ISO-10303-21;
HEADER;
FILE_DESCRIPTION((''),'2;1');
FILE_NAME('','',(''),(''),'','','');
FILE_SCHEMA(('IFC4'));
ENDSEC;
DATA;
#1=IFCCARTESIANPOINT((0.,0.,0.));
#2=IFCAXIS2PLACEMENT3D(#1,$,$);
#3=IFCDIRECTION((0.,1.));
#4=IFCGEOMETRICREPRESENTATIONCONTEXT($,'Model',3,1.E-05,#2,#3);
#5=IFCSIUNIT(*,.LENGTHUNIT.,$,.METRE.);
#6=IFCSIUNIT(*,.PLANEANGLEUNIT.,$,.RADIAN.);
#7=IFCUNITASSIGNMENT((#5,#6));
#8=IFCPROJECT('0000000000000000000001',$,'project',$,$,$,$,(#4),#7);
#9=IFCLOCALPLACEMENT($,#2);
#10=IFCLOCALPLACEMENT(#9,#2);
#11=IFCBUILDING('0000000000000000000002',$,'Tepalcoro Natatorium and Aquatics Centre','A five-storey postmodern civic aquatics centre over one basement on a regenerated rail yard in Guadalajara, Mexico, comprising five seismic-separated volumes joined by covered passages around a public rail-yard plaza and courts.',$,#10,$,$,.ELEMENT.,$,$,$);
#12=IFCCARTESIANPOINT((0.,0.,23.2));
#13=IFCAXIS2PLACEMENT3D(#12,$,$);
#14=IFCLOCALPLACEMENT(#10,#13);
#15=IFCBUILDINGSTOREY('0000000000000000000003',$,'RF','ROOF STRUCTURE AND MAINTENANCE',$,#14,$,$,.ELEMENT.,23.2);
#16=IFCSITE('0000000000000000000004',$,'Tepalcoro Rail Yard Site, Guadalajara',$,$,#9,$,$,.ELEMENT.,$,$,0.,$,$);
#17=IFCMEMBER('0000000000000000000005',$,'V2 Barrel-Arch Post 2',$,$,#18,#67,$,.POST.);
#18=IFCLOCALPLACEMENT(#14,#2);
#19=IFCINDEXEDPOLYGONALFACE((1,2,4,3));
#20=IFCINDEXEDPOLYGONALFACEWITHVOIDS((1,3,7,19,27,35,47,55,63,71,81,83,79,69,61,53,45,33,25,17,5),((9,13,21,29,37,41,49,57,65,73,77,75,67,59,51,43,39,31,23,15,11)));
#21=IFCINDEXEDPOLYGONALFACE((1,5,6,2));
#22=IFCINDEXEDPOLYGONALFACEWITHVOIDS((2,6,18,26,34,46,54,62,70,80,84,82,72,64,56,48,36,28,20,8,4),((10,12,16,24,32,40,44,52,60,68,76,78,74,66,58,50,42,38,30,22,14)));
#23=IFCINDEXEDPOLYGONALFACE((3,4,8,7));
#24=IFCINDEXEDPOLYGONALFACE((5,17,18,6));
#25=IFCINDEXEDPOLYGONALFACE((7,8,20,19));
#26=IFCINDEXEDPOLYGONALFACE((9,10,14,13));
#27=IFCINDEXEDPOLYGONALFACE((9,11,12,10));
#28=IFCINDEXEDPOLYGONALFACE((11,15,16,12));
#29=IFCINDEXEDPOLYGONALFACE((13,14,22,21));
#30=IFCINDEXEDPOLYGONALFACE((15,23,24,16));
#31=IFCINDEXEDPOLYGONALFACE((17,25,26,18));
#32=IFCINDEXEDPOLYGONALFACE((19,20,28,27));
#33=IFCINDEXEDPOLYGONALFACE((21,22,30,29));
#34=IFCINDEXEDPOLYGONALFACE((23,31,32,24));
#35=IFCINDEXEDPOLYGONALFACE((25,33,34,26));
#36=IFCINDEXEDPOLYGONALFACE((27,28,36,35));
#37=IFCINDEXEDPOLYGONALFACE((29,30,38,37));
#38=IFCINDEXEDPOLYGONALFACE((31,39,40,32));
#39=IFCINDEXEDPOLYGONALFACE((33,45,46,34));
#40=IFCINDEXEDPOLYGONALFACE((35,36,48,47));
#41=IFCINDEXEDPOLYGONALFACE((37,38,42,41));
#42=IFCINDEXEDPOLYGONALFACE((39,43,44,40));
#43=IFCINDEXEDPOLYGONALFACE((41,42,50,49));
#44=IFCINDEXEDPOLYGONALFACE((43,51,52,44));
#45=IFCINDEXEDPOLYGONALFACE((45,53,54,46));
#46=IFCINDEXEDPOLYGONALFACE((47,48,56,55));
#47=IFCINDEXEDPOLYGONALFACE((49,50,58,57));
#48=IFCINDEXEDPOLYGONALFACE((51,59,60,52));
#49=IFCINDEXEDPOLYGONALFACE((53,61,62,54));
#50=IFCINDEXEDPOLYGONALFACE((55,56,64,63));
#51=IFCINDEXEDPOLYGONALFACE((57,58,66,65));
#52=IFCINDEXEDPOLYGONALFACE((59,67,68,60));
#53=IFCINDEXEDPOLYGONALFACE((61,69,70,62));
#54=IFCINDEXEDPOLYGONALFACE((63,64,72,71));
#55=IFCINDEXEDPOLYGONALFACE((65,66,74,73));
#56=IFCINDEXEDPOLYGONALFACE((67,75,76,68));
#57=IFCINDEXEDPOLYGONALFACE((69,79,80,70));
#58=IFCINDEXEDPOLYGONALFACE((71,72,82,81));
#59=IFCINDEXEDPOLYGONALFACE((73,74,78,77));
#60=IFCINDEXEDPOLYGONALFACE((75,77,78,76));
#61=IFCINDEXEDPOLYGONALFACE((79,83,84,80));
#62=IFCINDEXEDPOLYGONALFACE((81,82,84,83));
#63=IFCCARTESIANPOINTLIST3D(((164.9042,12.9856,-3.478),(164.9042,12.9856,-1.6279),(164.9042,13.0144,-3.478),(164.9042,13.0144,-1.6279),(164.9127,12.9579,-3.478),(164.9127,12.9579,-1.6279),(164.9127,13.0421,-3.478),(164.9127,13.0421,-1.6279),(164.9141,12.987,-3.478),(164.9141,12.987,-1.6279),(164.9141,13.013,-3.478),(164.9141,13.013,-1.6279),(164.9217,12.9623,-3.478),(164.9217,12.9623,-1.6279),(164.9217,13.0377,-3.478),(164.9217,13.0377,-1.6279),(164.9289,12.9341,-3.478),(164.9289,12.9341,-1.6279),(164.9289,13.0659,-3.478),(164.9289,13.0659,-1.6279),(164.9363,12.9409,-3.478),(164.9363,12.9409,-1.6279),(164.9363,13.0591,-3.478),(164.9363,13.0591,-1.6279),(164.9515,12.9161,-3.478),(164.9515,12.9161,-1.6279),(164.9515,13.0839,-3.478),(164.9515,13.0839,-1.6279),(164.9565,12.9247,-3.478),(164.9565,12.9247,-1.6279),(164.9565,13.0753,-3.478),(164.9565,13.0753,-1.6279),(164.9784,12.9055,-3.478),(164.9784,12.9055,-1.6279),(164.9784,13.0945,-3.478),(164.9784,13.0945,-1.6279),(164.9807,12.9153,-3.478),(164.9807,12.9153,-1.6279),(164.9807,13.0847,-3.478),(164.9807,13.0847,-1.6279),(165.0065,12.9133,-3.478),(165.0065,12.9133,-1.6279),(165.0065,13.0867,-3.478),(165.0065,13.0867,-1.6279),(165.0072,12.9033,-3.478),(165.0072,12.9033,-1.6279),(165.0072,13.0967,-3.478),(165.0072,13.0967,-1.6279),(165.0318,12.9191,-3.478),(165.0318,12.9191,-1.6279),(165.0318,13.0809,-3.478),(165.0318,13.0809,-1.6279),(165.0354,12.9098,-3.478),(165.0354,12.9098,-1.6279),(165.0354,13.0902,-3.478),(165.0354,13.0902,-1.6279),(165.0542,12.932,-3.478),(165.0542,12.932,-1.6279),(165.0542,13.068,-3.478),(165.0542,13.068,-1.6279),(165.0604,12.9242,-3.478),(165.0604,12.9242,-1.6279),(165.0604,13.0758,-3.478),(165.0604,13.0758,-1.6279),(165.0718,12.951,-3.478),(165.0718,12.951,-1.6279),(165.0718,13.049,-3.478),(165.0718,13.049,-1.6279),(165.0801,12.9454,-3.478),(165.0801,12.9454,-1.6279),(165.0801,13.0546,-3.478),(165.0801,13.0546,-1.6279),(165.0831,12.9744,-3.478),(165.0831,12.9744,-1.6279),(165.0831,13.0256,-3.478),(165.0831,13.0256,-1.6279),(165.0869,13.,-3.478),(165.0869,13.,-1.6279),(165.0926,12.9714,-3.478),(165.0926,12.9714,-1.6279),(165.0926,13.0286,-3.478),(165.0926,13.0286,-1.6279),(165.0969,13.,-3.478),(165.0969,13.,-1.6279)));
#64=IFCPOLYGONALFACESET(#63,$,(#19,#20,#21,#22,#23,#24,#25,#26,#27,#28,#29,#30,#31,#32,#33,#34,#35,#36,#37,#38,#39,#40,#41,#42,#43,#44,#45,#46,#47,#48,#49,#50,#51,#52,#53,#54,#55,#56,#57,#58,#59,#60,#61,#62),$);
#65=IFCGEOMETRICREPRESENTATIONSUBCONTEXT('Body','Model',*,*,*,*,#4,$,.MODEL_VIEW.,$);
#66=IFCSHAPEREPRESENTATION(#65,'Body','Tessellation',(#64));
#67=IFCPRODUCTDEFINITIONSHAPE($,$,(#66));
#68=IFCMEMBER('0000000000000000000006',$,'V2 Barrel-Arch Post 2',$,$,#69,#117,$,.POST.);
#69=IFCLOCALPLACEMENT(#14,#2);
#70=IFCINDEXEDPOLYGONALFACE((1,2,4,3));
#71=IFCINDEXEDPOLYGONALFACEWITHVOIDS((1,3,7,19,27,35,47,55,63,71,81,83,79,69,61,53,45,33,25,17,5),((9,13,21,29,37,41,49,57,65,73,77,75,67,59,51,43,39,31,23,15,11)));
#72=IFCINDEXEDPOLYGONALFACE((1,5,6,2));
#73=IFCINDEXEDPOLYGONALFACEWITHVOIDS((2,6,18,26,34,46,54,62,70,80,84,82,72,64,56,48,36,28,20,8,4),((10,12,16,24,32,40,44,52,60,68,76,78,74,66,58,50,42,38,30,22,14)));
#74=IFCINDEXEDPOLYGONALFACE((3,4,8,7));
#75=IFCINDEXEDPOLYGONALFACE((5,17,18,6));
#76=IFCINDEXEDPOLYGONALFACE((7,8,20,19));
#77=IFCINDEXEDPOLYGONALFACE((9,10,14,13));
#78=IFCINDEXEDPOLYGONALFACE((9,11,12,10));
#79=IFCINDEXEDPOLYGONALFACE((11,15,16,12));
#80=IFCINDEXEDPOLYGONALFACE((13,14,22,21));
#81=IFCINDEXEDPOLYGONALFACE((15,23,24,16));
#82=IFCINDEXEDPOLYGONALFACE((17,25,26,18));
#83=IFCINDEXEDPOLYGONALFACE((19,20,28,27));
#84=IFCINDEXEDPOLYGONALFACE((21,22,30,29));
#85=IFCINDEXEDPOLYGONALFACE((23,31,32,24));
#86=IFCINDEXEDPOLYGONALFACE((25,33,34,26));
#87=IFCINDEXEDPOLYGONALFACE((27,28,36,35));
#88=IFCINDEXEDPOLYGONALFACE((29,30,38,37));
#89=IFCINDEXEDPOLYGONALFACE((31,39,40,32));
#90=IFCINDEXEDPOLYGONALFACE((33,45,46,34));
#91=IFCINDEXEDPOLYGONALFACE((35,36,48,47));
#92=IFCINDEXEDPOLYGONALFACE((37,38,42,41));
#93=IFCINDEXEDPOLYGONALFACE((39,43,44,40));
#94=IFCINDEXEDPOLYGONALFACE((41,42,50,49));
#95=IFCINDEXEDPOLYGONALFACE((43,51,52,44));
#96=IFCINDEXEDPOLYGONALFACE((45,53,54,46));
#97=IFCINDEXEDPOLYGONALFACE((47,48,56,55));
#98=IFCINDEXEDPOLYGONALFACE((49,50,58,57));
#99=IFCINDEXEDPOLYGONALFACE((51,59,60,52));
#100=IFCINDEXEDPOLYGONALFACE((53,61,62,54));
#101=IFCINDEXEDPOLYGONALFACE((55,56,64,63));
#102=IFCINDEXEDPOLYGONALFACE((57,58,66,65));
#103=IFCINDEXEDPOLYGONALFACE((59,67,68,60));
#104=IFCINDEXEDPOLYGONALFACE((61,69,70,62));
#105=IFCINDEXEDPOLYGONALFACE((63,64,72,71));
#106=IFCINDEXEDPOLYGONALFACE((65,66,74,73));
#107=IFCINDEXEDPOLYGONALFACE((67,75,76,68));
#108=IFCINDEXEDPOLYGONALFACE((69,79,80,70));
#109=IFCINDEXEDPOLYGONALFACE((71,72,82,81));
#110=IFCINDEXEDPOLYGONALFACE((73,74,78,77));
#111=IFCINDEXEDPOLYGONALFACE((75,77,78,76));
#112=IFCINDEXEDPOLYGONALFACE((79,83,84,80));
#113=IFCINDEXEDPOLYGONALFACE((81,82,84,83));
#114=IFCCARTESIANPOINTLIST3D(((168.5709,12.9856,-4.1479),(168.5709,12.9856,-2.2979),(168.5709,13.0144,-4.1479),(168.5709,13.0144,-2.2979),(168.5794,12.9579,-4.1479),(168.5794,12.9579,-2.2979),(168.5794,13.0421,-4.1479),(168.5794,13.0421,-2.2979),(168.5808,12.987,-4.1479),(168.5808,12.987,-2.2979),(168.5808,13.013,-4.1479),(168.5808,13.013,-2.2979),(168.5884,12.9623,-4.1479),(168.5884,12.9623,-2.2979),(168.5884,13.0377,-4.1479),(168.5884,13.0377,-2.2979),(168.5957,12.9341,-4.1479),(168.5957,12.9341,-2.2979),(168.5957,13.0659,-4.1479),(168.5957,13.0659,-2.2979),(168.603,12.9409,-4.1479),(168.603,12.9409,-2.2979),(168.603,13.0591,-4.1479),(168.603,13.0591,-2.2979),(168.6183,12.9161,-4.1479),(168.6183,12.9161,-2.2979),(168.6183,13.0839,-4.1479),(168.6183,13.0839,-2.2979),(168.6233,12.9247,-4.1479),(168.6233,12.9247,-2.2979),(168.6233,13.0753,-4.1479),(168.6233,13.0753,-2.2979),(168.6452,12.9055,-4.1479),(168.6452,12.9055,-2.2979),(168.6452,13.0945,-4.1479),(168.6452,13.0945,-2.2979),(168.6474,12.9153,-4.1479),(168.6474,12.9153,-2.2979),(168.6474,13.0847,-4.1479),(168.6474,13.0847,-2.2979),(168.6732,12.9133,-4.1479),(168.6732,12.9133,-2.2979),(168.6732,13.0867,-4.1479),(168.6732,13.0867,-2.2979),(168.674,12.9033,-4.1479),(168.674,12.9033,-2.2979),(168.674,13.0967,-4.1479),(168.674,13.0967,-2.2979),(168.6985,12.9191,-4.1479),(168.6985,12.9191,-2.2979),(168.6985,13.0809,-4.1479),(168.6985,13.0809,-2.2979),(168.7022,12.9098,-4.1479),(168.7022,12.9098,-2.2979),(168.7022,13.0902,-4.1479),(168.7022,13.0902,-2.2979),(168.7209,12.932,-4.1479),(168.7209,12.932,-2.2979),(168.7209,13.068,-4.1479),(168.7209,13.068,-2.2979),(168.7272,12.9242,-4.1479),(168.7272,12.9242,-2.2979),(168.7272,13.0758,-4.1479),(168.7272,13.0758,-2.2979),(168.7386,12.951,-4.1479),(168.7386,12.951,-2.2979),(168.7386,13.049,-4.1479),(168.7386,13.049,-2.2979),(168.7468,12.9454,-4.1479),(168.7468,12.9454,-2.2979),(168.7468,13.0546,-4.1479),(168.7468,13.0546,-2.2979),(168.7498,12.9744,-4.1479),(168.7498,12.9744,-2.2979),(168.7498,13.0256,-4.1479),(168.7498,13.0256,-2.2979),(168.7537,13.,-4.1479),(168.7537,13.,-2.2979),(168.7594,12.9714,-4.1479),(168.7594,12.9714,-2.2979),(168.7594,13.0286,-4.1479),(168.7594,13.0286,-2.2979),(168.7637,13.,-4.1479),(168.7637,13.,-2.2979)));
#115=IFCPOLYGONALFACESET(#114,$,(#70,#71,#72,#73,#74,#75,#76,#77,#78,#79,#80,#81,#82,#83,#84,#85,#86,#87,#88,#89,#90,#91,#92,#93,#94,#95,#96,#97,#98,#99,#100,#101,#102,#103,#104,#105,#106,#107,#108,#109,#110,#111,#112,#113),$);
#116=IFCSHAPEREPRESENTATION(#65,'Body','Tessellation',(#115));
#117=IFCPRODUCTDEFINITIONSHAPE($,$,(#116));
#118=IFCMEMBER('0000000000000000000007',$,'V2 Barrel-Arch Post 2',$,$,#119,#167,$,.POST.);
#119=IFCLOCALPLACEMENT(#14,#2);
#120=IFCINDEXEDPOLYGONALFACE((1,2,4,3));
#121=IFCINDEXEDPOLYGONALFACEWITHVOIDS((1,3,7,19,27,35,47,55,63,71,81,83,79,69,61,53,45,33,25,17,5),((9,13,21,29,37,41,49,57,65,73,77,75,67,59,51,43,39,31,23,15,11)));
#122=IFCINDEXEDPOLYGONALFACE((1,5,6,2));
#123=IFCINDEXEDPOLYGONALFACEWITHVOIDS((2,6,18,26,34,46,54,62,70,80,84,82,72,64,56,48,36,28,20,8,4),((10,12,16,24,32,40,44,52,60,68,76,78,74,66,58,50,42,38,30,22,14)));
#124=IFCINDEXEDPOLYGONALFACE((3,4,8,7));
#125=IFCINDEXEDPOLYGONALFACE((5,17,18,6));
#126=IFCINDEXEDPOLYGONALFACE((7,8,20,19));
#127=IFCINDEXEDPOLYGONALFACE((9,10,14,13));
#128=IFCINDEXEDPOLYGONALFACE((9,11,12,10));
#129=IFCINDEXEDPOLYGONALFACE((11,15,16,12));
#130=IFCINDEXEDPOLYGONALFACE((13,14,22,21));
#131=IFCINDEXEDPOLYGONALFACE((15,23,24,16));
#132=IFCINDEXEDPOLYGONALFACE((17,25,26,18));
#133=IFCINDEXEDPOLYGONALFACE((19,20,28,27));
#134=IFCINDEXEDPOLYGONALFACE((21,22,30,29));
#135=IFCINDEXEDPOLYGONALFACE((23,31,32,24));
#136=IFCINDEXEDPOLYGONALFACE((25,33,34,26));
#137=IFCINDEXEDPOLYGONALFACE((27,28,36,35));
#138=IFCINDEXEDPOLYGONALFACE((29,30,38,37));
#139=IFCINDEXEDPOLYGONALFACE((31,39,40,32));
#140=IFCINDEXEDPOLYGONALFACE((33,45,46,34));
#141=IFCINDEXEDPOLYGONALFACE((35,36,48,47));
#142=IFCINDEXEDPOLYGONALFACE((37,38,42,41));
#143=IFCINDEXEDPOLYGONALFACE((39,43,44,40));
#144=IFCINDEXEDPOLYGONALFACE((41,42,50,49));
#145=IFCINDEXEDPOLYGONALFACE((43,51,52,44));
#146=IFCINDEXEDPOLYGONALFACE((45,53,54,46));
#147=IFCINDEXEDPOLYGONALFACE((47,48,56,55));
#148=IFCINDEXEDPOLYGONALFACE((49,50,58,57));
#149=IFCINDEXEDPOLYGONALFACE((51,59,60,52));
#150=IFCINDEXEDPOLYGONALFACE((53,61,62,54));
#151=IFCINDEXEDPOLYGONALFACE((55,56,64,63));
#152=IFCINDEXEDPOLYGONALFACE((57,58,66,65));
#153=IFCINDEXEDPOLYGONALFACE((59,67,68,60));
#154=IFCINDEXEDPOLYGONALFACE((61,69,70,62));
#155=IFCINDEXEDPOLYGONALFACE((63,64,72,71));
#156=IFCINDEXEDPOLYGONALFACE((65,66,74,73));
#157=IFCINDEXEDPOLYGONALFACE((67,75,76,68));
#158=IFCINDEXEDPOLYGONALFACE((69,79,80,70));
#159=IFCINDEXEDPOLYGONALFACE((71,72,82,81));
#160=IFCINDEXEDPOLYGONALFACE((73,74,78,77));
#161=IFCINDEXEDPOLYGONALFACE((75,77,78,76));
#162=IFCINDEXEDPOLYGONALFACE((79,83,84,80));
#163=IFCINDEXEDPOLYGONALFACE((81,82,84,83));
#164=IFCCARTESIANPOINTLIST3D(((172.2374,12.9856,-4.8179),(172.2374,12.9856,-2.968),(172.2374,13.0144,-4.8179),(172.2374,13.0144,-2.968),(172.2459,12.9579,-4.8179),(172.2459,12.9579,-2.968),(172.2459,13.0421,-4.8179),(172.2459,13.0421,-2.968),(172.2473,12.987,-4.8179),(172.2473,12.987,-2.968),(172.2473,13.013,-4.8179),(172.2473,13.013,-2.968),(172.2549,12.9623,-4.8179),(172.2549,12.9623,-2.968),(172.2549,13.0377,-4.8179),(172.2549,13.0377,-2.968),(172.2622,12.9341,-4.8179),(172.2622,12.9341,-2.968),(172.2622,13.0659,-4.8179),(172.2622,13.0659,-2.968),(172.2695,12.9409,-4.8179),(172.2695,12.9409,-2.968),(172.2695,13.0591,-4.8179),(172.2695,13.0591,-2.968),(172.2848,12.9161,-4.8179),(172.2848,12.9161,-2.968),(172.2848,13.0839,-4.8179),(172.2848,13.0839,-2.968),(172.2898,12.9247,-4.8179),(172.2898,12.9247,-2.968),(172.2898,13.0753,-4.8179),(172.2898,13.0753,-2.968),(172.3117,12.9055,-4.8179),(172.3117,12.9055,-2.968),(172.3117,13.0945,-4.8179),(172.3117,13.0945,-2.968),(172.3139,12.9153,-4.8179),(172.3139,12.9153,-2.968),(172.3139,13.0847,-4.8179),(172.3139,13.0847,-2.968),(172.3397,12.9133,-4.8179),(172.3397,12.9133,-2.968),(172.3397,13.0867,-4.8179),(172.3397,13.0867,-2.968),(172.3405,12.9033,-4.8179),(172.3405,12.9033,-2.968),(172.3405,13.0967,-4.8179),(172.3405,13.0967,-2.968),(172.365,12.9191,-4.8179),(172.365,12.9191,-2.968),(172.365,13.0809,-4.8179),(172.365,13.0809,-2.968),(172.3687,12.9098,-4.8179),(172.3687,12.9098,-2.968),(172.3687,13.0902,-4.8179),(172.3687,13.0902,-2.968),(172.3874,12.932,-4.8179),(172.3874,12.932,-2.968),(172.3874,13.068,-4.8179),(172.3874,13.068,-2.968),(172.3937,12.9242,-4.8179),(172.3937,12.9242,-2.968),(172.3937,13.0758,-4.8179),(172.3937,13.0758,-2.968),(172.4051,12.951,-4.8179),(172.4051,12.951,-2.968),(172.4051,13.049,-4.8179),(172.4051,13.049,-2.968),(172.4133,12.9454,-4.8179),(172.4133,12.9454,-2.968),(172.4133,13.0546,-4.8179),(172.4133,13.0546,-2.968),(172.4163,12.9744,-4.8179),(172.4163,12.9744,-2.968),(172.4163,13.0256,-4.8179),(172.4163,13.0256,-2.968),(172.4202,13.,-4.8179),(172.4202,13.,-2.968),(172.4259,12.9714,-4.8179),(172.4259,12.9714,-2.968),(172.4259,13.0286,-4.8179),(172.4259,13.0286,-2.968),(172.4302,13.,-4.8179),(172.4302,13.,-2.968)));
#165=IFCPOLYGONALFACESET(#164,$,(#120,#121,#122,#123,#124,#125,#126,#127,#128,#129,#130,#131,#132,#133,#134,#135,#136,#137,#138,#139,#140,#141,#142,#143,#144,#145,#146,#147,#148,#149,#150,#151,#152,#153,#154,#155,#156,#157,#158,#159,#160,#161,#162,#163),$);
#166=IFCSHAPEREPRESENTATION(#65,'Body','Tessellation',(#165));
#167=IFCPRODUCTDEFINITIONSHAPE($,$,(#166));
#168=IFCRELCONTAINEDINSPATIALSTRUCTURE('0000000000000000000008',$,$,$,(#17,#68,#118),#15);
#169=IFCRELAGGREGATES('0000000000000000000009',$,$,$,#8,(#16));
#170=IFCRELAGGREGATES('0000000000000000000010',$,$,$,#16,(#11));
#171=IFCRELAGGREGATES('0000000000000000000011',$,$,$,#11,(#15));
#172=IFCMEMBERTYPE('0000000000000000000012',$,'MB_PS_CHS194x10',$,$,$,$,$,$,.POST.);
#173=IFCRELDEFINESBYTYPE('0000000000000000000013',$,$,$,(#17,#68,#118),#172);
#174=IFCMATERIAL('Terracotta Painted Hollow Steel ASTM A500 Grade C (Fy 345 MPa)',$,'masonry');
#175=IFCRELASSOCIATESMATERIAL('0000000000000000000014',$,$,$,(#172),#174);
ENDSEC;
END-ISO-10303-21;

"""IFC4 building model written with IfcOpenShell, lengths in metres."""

from ifc_helpers import new_model, si_unit, direction, frame, origin, origin_2d, place, context, subcontext, project, spatial, hollow_circle, extrude, material, material_profile, profile_set, type_object, element, save


model = new_model("IFC4")

# Units and contexts
model_context = context("Model", 3, precision=1e-05, world=origin(), true_north=direction((0.0, 1.0)))
body_context = subcontext(model_context, "Body", "Model", "MODEL_VIEW")
ifc_project = project(units=[si_unit("LENGTHUNIT", "METRE"), si_unit("PLANEANGLEUNIT", "RADIAN")], contexts=[model_context])

# Site, building, storey
site_placement = place(None, origin())
site = spatial("IfcSite", under=ifc_project, at=site_placement, Name="Tepalcoro Rail Yard Site, Guadalajara", CompositionType="ELEMENT", RefElevation=0.0)
building_placement = place(site_placement, origin())
building = spatial("IfcBuilding", under=site, at=building_placement, Name="Tepalcoro Natatorium and Aquatics Centre", Description="A five-storey postmodern civic aquatics centre over one basement on a regenerated rail yard in Guadalajara, Mexico, comprising five seismic-separated volumes joined by covered passages around a public rail-yard plaza and courts.", CompositionType="ELEMENT")
storey_placement = place(building_placement, frame((0.0, 0.0, 23.2)))
storey = spatial("IfcBuildingStorey", under=building, at=storey_placement, Name="RF", Description="ROOF STRUCTURE AND MAINTENANCE", CompositionType="ELEMENT", Elevation=23.2)

# Shared definitions
ifc_material_1 = material(Name="Terracotta Painted Hollow Steel ASTM A500 Grade C (Fy 345 MPa)", Category="masonry")

# Members
ifc_material_profile_1 = material_profile(ifc_material_1, hollow_circle(Radius=0.0969, WallThickness=0.01, at=origin_2d()), Name="CHS194X10")
ifc_profile_set_1 = profile_set([ifc_material_profile_1], Name="Terracotta Painted Hollow Steel ASTM A500 Grade C (Fy 345 MPa)")
member_type_1 = type_object("IfcMemberType", Name="MB_PS_CHS194x10", PredefinedType="POST", material=ifc_profile_set_1)
for number, where, z_axis, x_axis, name in (
    (1, (165.0, 13.0, -3.478), (0.0, 0.0, 1.0), (1.0, 0.0, 0.0), "V2 Barrel-Arch Post 2"),
    (2, (168.6667, 13.0, -4.1479), (0.0, 0.0, 1.0), (1.0, 0.0, 0.0), "V2 Barrel-Arch Post 2"),
):
    element("IfcMember", number, at=place(storey_placement, frame(where, z_axis=z_axis, x_axis=x_axis)), inside=storey, type_object=member_type_1, Name=name, PredefinedType="POST", context=body_context, shape_type="SweptSolid", body=[
        extrude(hollow_circle(Radius=0.0969, WallThickness=0.01, at=origin_2d()), origin(), (0.0, 0.0, 1.0), 1.8501),
    ])
member_1_placement = place(storey_placement, frame((172.3333, 13.0, -4.8179), z_axis=(0.0, 0.0, 1.0), x_axis=(1.0, 0.0, 0.0)))
element("IfcMember", 3, at=member_1_placement, inside=storey, type_object=member_type_1, Name="V2 Barrel-Arch Post 2", PredefinedType="POST", context=body_context, shape_type="SweptSolid", body=[
    extrude(hollow_circle(Radius=0.0969, WallThickness=0.01, at=origin_2d()), origin(), (0.0, 0.0, 1.0), 1.8499),
])

save(model, "model.ifc")
